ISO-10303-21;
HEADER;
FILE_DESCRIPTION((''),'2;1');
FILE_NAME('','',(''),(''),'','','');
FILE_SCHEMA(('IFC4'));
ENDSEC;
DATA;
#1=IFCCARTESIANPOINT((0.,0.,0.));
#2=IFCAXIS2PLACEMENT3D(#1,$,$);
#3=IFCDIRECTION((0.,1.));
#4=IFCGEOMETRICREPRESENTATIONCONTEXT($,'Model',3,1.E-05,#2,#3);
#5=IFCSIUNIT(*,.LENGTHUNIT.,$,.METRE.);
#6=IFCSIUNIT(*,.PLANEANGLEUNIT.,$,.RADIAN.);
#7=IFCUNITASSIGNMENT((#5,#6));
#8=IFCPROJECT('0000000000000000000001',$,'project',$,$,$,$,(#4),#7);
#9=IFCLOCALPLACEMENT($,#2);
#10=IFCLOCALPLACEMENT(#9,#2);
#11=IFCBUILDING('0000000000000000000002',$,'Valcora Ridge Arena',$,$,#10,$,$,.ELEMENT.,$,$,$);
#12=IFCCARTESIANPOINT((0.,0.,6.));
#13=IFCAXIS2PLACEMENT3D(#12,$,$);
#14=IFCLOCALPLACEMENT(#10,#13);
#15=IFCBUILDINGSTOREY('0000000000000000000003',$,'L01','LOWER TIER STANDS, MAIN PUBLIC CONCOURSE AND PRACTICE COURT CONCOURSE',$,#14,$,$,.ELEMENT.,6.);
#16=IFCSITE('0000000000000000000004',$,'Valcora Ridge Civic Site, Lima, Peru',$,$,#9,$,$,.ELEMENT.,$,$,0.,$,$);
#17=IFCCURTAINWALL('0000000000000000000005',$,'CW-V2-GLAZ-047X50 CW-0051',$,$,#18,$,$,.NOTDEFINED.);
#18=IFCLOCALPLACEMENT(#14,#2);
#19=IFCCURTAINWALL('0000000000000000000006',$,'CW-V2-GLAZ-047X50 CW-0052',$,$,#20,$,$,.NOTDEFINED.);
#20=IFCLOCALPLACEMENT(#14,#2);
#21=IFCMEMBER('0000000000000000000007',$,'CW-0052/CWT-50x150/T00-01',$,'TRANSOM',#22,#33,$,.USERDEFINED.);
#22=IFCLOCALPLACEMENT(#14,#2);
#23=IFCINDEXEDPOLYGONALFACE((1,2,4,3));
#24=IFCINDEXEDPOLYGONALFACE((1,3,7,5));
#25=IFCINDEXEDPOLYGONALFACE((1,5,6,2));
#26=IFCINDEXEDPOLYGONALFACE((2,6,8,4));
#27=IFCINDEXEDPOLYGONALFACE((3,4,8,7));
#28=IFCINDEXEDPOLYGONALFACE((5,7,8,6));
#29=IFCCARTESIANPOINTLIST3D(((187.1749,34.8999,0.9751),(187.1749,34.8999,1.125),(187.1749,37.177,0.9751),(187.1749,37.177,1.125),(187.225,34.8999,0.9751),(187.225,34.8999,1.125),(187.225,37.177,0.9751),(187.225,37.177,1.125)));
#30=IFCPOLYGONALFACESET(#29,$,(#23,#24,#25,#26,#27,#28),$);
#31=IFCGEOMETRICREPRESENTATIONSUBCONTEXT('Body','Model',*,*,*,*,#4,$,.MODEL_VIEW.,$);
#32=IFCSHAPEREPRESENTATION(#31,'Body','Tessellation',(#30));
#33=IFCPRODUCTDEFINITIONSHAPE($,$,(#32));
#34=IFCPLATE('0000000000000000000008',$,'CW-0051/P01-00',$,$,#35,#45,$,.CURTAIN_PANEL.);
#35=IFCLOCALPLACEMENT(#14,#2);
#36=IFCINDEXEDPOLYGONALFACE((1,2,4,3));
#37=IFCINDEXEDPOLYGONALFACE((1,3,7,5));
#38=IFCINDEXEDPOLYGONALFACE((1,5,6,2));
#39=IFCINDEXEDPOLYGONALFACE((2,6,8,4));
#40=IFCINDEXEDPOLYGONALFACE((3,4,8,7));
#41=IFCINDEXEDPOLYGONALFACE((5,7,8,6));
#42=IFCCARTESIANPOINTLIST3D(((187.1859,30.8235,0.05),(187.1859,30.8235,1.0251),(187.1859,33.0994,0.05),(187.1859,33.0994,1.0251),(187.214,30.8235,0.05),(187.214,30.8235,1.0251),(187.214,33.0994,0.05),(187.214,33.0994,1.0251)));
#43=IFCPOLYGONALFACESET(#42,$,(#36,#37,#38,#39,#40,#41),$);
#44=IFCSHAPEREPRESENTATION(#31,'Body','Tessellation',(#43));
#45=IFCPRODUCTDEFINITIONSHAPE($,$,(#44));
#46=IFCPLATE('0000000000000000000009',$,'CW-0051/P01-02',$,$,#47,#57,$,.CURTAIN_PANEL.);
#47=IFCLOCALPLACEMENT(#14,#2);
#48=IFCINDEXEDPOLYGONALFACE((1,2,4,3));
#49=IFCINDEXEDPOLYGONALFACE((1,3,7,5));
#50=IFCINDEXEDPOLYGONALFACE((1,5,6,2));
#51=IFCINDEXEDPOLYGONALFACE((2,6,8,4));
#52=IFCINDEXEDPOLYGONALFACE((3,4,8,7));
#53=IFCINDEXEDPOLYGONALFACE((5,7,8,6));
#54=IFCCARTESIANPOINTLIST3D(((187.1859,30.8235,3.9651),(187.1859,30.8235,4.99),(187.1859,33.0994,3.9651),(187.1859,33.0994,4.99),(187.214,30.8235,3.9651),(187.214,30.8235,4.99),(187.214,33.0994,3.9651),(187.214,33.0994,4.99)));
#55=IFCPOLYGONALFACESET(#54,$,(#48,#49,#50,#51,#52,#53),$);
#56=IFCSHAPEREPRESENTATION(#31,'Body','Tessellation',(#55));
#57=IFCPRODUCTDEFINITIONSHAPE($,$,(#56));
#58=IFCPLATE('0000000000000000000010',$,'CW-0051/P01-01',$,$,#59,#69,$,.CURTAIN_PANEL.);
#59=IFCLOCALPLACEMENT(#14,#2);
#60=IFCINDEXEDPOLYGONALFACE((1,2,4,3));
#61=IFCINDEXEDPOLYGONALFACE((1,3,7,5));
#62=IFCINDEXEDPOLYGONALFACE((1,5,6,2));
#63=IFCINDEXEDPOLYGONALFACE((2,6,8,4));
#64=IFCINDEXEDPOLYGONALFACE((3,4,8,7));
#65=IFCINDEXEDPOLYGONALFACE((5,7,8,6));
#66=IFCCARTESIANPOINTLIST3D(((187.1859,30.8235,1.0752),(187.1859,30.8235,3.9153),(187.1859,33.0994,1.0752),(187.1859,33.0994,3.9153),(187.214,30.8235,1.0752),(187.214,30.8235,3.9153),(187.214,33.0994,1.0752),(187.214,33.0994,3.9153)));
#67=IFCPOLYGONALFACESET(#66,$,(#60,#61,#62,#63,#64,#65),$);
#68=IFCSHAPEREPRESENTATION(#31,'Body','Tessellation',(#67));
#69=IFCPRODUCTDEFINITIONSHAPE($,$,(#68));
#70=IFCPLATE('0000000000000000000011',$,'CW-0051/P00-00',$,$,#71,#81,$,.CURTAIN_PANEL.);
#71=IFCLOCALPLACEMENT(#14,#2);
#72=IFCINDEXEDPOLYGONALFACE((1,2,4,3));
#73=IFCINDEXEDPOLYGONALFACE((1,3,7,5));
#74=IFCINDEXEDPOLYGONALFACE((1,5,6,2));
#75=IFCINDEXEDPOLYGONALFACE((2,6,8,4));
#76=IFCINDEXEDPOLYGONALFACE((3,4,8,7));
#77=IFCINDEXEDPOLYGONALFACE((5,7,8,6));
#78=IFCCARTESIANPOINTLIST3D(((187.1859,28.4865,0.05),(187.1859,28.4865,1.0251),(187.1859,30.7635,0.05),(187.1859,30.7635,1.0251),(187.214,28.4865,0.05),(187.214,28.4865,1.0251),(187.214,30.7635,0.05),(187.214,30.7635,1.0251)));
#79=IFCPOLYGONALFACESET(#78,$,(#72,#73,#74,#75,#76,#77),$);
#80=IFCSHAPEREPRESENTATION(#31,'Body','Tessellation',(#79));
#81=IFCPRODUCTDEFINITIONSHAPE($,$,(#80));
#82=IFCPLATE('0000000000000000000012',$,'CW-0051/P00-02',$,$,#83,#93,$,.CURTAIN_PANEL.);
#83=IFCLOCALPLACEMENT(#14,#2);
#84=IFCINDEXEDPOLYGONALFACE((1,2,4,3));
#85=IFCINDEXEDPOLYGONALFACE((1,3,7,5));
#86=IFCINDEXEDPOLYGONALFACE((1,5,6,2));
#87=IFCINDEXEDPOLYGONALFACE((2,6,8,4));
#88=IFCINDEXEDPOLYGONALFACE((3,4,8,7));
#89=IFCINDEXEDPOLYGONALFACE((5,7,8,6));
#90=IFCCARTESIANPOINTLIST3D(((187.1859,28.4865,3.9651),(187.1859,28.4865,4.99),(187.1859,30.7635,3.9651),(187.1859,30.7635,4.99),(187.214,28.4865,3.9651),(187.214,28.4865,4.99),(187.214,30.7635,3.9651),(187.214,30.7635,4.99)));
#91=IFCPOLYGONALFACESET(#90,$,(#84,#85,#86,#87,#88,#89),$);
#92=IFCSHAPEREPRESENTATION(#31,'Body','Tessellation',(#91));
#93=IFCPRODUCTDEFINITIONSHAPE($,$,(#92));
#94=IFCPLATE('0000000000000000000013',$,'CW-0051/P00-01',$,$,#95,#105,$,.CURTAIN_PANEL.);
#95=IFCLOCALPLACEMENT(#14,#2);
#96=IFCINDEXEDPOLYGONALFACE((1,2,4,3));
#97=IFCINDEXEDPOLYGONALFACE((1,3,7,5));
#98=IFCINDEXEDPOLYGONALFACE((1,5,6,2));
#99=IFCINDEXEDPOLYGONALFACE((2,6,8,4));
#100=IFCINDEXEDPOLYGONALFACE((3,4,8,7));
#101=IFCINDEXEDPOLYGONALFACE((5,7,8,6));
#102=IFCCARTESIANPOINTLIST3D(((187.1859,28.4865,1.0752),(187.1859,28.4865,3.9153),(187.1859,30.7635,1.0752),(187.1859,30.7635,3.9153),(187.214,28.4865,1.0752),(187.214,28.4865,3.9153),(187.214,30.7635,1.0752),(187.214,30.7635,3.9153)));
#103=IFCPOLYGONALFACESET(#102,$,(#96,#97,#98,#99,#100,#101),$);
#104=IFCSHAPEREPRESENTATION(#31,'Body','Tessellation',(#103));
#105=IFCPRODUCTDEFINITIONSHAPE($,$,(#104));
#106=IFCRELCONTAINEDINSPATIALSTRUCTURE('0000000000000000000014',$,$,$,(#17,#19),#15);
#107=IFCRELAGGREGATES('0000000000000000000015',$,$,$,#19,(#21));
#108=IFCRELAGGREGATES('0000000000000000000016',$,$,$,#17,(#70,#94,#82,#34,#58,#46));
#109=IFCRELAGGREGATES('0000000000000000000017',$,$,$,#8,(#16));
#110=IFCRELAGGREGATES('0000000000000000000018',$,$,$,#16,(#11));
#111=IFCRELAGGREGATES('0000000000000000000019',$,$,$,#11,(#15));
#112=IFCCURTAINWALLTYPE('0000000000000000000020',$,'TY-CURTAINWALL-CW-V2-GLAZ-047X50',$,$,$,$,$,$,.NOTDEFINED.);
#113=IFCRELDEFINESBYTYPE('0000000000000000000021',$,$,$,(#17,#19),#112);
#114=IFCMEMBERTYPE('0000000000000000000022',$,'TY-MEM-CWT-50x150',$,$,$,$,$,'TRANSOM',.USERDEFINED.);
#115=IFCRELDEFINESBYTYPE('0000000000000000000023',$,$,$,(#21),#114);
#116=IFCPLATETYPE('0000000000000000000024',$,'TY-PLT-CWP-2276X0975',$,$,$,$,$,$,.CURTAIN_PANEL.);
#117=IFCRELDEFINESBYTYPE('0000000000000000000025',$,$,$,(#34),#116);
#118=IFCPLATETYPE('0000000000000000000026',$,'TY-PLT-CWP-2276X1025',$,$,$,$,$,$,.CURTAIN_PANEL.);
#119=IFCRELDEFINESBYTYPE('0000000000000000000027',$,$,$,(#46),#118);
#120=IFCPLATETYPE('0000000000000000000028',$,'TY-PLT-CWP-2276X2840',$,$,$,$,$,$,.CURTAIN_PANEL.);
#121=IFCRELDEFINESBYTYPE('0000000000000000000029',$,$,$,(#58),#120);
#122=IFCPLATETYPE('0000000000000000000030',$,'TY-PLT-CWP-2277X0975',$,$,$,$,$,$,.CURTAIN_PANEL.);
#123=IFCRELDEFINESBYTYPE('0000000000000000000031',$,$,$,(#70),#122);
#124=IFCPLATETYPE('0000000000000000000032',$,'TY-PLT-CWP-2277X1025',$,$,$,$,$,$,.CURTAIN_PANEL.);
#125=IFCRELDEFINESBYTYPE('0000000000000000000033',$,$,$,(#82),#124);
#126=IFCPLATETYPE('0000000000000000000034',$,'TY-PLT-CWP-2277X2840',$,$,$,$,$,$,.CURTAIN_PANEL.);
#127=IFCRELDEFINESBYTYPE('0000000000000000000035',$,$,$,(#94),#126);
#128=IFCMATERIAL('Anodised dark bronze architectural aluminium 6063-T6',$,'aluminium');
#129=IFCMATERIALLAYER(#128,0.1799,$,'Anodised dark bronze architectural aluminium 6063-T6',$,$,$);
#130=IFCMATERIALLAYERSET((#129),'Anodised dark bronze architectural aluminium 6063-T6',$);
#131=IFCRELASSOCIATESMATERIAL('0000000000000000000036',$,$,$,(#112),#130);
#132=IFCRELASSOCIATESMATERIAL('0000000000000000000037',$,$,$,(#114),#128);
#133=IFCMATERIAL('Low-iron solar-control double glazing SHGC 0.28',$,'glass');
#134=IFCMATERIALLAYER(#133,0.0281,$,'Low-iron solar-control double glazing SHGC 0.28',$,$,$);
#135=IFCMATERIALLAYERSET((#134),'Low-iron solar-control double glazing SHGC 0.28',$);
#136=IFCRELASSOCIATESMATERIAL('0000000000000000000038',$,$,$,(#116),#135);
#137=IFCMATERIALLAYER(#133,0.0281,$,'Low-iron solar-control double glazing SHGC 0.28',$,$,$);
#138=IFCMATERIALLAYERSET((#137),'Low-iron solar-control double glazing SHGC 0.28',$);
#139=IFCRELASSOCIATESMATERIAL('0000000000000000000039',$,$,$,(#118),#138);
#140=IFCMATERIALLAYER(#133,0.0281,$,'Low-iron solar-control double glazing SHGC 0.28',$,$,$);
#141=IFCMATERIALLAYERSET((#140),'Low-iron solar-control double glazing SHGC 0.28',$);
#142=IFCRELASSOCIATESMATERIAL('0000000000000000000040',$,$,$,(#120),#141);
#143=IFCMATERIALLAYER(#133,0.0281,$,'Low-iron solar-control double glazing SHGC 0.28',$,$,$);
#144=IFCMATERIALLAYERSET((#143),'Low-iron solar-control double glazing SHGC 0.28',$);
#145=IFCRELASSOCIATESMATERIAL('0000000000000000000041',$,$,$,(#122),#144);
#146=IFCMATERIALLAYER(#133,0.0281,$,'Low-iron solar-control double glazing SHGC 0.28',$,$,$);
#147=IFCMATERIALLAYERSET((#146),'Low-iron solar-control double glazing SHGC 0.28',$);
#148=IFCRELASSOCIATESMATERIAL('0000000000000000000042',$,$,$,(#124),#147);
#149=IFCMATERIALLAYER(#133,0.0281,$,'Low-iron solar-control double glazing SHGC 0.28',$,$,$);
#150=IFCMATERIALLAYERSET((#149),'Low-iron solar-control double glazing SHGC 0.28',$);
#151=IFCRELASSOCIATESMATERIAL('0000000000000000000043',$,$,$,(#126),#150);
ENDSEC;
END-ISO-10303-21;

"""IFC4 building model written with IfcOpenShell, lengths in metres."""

from ifc_helpers import new_model, si_unit, direction, frame, origin, origin_2d, place, context, subcontext, project, spatial, rectangle, extrude, material, layer, layer_set, material_profile, profile_set, type_object, element, aggregate, save


model = new_model("IFC4")

# Units and contexts
model_context = context("Model", 3, precision=1e-05, world=origin(), true_north=direction((0.0, 1.0)))
body_context = subcontext(model_context, "Body", "Model", "MODEL_VIEW")
ifc_project = project(units=[si_unit("LENGTHUNIT", "METRE"), si_unit("PLANEANGLEUNIT", "RADIAN")], contexts=[model_context])

# Site, building, storey
site_placement = place(None, origin())
site = spatial("IfcSite", under=ifc_project, at=site_placement, Name="Valcora Ridge Civic Site, Lima, Peru", CompositionType="ELEMENT", RefElevation=0.0)
building_placement = place(site_placement, origin())
building = spatial("IfcBuilding", under=site, at=building_placement, Name="Valcora Ridge Arena", CompositionType="ELEMENT")
storey_placement = place(building_placement, frame((0.0, 0.0, 6.0)))
storey = spatial("IfcBuildingStorey", under=building, at=storey_placement, Name="L01", Description="LOWER TIER STANDS, MAIN PUBLIC CONCOURSE AND PRACTICE COURT CONCOURSE", CompositionType="ELEMENT", Elevation=6.0)

# Curtain wall
ifc_material_1 = material(Name="Anodised dark bronze architectural aluminium 6063-T6", Category="aluminium")
ifc_layer_1 = layer(ifc_material_1, 0.1799, Name="Anodised dark bronze architectural aluminium 6063-T6")
ifc_layer_set_1 = layer_set([ifc_layer_1], Name="Anodised dark bronze architectural aluminium 6063-T6")
curtain_wall_type = type_object("IfcCurtainWallType", Name="TY-CURTAINWALL-CW-V2-GLAZ-047X50", PredefinedType="NOTDEFINED", material=ifc_layer_set_1)
curtain_wall_1_placement = place(storey_placement, origin())
curtain_wall_1 = element("IfcCurtainWall", 1, at=curtain_wall_1_placement, inside=storey, type_object=curtain_wall_type, Name="CW-V2-GLAZ-047X50 CW-0051", PredefinedType="NOTDEFINED")

# Curtain wall
curtain_wall_2_placement = place(storey_placement, origin())
curtain_wall_2 = element("IfcCurtainWall", 2, at=curtain_wall_2_placement, inside=storey, type_object=curtain_wall_type, Name="CW-V2-GLAZ-047X50 CW-0052", PredefinedType="NOTDEFINED")

# Member
ifc_material_profile_1 = material_profile(ifc_material_1, rectangle(XDim=0.05, YDim=0.1499, at=origin_2d()), Name="ALU TRANSOM 50x150")
ifc_profile_set_1 = profile_set([ifc_material_profile_1], Name="Anodised dark bronze architectural aluminium 6063-T6")
member_type_1 = type_object("IfcMemberType", Name="TY-MEM-CWT-50x150", ElementType="TRANSOM", PredefinedType="USERDEFINED", material=ifc_profile_set_1)
member_1_placement = place(storey_placement, frame((187.2, 34.8999, 1.05), z_axis=(0.0, 1.0, 0.0), x_axis=(-1.0, 0.0, 0.0)))
member_1 = element("IfcMember", 3, at=member_1_placement, type_object=member_type_1, Name="CW-0052/CWT-50x150/T00-01", ObjectType="TRANSOM", PredefinedType="USERDEFINED", context=body_context, shape_type="SweptSolid", body=[
    extrude(rectangle(XDim=0.05, YDim=0.1499, at=origin_2d()), origin(), (0.0, 0.0, 1.0), 2.2771),
])
aggregate(curtain_wall_2, [member_1])

# Plates
ifc_material_2 = material(Name="Low-iron solar-control double glazing SHGC 0.28", Category="glass")
ifc_layer_2 = layer(ifc_material_2, 0.0281, Name="Low-iron solar-control double glazing SHGC 0.28")
ifc_layer_set_2 = layer_set([ifc_layer_2], Name="Low-iron solar-control double glazing SHGC 0.28")
plate_type_1 = type_object("IfcPlateType", Name="TY-PLT-CWP-2276X0975", PredefinedType="CURTAIN_PANEL", material=ifc_layer_set_2)
plate_1_placement = place(storey_placement, frame((187.2, 31.9614, 0.05), z_axis=(0.0, 0.0, 1.0), x_axis=(0.0, 1.0, 0.0)))
plate_1 = element("IfcPlate", 4, at=plate_1_placement, type_object=plate_type_1, Name="CW-0051/P01-00", PredefinedType="CURTAIN_PANEL", context=body_context, shape_type="SweptSolid", body=[
    extrude(rectangle(XDim=2.2759, YDim=0.0281, at=origin_2d()), origin(), (0.0, 0.0, 1.0), 0.9751),
])
ifc_layer_3 = layer(ifc_material_2, 0.0281, Name="Low-iron solar-control double glazing SHGC 0.28")
ifc_layer_set_3 = layer_set([ifc_layer_3], Name="Low-iron solar-control double glazing SHGC 0.28")
plate_type_2 = type_object("IfcPlateType", Name="TY-PLT-CWP-2276X1025", PredefinedType="CURTAIN_PANEL", material=ifc_layer_set_3)
plate_2_placement = place(storey_placement, frame((187.2, 31.9614, 3.9651), z_axis=(0.0, 0.0, 1.0), x_axis=(0.0, 1.0, 0.0)))
plate_2 = element("IfcPlate", 5, at=plate_2_placement, type_object=plate_type_2, Name="CW-0051/P01-02", PredefinedType="CURTAIN_PANEL", context=body_context, shape_type="SweptSolid", body=[
    extrude(rectangle(XDim=2.2759, YDim=0.0281, at=origin_2d()), origin(), (0.0, 0.0, 1.0), 1.0249),
])
ifc_layer_4 = layer(ifc_material_2, 0.0281, Name="Low-iron solar-control double glazing SHGC 0.28")
ifc_layer_set_4 = layer_set([ifc_layer_4], Name="Low-iron solar-control double glazing SHGC 0.28")
plate_type_3 = type_object("IfcPlateType", Name="TY-PLT-CWP-2276X2840", PredefinedType="CURTAIN_PANEL", material=ifc_layer_set_4)
plate_3_placement = place(storey_placement, frame((187.2, 31.9614, 1.0752), z_axis=(0.0, 0.0, 1.0), x_axis=(0.0, 1.0, 0.0)))
plate_3 = element("IfcPlate", 6, at=plate_3_placement, type_object=plate_type_3, Name="CW-0051/P01-01", PredefinedType="CURTAIN_PANEL", context=body_context, shape_type="SweptSolid", body=[
    extrude(rectangle(XDim=2.2759, YDim=0.0281, at=origin_2d()), origin(), (0.0, 0.0, 1.0), 2.8401),
])
ifc_layer_5 = layer(ifc_material_2, 0.0281, Name="Low-iron solar-control double glazing SHGC 0.28")
ifc_layer_set_5 = layer_set([ifc_layer_5], Name="Low-iron solar-control double glazing SHGC 0.28")
plate_type_4 = type_object("IfcPlateType", Name="TY-PLT-CWP-2277X0975", PredefinedType="CURTAIN_PANEL", material=ifc_layer_set_5)
plate_4_placement = place(storey_placement, frame((187.2, 29.625, 0.05), z_axis=(0.0, 0.0, 1.0), x_axis=(0.0, 1.0, 0.0)))
plate_4 = element("IfcPlate", 7, at=plate_4_placement, type_object=plate_type_4, Name="CW-0051/P00-00", PredefinedType="CURTAIN_PANEL", context=body_context, shape_type="SweptSolid", body=[
    extrude(rectangle(XDim=2.2771, YDim=0.0281, at=origin_2d()), origin(), (0.0, 0.0, 1.0), 0.9751),
])
ifc_layer_6 = layer(ifc_material_2, 0.0281, Name="Low-iron solar-control double glazing SHGC 0.28")
ifc_layer_set_6 = layer_set([ifc_layer_6], Name="Low-iron solar-control double glazing SHGC 0.28")
plate_type_5 = type_object("IfcPlateType", Name="TY-PLT-CWP-2277X1025", PredefinedType="CURTAIN_PANEL", material=ifc_layer_set_6)
plate_5_placement = place(storey_placement, frame((187.2, 29.625, 3.9651), z_axis=(0.0, 0.0, 1.0), x_axis=(0.0, 1.0, 0.0)))
plate_5 = element("IfcPlate", 8, at=plate_5_placement, type_object=plate_type_5, Name="CW-0051/P00-02", PredefinedType="CURTAIN_PANEL", context=body_context, shape_type="SweptSolid", body=[
    extrude(rectangle(XDim=2.2771, YDim=0.0281, at=origin_2d()), origin(), (0.0, 0.0, 1.0), 1.0249),
])
ifc_layer_7 = layer(ifc_material_2, 0.0281, Name="Low-iron solar-control double glazing SHGC 0.28")
ifc_layer_set_7 = layer_set([ifc_layer_7], Name="Low-iron solar-control double glazing SHGC 0.28")
plate_type_6 = type_object("IfcPlateType", Name="TY-PLT-CWP-2277X2840", PredefinedType="CURTAIN_PANEL", material=ifc_layer_set_7)
plate_6_placement = place(storey_placement, frame((187.2, 29.625, 1.0752), z_axis=(0.0, 0.0, 1.0), x_axis=(0.0, 1.0, 0.0)))
plate_6 = element("IfcPlate", 9, at=plate_6_placement, type_object=plate_type_6, Name="CW-0051/P00-01", PredefinedType="CURTAIN_PANEL", context=body_context, shape_type="SweptSolid", body=[
    extrude(rectangle(XDim=2.2771, YDim=0.0281, at=origin_2d()), origin(), (0.0, 0.0, 1.0), 2.8401),
])
aggregate(curtain_wall_1, [plate_4, plate_6, plate_5, plate_1, plate_3, plate_2])

save(model, "model.ifc")
